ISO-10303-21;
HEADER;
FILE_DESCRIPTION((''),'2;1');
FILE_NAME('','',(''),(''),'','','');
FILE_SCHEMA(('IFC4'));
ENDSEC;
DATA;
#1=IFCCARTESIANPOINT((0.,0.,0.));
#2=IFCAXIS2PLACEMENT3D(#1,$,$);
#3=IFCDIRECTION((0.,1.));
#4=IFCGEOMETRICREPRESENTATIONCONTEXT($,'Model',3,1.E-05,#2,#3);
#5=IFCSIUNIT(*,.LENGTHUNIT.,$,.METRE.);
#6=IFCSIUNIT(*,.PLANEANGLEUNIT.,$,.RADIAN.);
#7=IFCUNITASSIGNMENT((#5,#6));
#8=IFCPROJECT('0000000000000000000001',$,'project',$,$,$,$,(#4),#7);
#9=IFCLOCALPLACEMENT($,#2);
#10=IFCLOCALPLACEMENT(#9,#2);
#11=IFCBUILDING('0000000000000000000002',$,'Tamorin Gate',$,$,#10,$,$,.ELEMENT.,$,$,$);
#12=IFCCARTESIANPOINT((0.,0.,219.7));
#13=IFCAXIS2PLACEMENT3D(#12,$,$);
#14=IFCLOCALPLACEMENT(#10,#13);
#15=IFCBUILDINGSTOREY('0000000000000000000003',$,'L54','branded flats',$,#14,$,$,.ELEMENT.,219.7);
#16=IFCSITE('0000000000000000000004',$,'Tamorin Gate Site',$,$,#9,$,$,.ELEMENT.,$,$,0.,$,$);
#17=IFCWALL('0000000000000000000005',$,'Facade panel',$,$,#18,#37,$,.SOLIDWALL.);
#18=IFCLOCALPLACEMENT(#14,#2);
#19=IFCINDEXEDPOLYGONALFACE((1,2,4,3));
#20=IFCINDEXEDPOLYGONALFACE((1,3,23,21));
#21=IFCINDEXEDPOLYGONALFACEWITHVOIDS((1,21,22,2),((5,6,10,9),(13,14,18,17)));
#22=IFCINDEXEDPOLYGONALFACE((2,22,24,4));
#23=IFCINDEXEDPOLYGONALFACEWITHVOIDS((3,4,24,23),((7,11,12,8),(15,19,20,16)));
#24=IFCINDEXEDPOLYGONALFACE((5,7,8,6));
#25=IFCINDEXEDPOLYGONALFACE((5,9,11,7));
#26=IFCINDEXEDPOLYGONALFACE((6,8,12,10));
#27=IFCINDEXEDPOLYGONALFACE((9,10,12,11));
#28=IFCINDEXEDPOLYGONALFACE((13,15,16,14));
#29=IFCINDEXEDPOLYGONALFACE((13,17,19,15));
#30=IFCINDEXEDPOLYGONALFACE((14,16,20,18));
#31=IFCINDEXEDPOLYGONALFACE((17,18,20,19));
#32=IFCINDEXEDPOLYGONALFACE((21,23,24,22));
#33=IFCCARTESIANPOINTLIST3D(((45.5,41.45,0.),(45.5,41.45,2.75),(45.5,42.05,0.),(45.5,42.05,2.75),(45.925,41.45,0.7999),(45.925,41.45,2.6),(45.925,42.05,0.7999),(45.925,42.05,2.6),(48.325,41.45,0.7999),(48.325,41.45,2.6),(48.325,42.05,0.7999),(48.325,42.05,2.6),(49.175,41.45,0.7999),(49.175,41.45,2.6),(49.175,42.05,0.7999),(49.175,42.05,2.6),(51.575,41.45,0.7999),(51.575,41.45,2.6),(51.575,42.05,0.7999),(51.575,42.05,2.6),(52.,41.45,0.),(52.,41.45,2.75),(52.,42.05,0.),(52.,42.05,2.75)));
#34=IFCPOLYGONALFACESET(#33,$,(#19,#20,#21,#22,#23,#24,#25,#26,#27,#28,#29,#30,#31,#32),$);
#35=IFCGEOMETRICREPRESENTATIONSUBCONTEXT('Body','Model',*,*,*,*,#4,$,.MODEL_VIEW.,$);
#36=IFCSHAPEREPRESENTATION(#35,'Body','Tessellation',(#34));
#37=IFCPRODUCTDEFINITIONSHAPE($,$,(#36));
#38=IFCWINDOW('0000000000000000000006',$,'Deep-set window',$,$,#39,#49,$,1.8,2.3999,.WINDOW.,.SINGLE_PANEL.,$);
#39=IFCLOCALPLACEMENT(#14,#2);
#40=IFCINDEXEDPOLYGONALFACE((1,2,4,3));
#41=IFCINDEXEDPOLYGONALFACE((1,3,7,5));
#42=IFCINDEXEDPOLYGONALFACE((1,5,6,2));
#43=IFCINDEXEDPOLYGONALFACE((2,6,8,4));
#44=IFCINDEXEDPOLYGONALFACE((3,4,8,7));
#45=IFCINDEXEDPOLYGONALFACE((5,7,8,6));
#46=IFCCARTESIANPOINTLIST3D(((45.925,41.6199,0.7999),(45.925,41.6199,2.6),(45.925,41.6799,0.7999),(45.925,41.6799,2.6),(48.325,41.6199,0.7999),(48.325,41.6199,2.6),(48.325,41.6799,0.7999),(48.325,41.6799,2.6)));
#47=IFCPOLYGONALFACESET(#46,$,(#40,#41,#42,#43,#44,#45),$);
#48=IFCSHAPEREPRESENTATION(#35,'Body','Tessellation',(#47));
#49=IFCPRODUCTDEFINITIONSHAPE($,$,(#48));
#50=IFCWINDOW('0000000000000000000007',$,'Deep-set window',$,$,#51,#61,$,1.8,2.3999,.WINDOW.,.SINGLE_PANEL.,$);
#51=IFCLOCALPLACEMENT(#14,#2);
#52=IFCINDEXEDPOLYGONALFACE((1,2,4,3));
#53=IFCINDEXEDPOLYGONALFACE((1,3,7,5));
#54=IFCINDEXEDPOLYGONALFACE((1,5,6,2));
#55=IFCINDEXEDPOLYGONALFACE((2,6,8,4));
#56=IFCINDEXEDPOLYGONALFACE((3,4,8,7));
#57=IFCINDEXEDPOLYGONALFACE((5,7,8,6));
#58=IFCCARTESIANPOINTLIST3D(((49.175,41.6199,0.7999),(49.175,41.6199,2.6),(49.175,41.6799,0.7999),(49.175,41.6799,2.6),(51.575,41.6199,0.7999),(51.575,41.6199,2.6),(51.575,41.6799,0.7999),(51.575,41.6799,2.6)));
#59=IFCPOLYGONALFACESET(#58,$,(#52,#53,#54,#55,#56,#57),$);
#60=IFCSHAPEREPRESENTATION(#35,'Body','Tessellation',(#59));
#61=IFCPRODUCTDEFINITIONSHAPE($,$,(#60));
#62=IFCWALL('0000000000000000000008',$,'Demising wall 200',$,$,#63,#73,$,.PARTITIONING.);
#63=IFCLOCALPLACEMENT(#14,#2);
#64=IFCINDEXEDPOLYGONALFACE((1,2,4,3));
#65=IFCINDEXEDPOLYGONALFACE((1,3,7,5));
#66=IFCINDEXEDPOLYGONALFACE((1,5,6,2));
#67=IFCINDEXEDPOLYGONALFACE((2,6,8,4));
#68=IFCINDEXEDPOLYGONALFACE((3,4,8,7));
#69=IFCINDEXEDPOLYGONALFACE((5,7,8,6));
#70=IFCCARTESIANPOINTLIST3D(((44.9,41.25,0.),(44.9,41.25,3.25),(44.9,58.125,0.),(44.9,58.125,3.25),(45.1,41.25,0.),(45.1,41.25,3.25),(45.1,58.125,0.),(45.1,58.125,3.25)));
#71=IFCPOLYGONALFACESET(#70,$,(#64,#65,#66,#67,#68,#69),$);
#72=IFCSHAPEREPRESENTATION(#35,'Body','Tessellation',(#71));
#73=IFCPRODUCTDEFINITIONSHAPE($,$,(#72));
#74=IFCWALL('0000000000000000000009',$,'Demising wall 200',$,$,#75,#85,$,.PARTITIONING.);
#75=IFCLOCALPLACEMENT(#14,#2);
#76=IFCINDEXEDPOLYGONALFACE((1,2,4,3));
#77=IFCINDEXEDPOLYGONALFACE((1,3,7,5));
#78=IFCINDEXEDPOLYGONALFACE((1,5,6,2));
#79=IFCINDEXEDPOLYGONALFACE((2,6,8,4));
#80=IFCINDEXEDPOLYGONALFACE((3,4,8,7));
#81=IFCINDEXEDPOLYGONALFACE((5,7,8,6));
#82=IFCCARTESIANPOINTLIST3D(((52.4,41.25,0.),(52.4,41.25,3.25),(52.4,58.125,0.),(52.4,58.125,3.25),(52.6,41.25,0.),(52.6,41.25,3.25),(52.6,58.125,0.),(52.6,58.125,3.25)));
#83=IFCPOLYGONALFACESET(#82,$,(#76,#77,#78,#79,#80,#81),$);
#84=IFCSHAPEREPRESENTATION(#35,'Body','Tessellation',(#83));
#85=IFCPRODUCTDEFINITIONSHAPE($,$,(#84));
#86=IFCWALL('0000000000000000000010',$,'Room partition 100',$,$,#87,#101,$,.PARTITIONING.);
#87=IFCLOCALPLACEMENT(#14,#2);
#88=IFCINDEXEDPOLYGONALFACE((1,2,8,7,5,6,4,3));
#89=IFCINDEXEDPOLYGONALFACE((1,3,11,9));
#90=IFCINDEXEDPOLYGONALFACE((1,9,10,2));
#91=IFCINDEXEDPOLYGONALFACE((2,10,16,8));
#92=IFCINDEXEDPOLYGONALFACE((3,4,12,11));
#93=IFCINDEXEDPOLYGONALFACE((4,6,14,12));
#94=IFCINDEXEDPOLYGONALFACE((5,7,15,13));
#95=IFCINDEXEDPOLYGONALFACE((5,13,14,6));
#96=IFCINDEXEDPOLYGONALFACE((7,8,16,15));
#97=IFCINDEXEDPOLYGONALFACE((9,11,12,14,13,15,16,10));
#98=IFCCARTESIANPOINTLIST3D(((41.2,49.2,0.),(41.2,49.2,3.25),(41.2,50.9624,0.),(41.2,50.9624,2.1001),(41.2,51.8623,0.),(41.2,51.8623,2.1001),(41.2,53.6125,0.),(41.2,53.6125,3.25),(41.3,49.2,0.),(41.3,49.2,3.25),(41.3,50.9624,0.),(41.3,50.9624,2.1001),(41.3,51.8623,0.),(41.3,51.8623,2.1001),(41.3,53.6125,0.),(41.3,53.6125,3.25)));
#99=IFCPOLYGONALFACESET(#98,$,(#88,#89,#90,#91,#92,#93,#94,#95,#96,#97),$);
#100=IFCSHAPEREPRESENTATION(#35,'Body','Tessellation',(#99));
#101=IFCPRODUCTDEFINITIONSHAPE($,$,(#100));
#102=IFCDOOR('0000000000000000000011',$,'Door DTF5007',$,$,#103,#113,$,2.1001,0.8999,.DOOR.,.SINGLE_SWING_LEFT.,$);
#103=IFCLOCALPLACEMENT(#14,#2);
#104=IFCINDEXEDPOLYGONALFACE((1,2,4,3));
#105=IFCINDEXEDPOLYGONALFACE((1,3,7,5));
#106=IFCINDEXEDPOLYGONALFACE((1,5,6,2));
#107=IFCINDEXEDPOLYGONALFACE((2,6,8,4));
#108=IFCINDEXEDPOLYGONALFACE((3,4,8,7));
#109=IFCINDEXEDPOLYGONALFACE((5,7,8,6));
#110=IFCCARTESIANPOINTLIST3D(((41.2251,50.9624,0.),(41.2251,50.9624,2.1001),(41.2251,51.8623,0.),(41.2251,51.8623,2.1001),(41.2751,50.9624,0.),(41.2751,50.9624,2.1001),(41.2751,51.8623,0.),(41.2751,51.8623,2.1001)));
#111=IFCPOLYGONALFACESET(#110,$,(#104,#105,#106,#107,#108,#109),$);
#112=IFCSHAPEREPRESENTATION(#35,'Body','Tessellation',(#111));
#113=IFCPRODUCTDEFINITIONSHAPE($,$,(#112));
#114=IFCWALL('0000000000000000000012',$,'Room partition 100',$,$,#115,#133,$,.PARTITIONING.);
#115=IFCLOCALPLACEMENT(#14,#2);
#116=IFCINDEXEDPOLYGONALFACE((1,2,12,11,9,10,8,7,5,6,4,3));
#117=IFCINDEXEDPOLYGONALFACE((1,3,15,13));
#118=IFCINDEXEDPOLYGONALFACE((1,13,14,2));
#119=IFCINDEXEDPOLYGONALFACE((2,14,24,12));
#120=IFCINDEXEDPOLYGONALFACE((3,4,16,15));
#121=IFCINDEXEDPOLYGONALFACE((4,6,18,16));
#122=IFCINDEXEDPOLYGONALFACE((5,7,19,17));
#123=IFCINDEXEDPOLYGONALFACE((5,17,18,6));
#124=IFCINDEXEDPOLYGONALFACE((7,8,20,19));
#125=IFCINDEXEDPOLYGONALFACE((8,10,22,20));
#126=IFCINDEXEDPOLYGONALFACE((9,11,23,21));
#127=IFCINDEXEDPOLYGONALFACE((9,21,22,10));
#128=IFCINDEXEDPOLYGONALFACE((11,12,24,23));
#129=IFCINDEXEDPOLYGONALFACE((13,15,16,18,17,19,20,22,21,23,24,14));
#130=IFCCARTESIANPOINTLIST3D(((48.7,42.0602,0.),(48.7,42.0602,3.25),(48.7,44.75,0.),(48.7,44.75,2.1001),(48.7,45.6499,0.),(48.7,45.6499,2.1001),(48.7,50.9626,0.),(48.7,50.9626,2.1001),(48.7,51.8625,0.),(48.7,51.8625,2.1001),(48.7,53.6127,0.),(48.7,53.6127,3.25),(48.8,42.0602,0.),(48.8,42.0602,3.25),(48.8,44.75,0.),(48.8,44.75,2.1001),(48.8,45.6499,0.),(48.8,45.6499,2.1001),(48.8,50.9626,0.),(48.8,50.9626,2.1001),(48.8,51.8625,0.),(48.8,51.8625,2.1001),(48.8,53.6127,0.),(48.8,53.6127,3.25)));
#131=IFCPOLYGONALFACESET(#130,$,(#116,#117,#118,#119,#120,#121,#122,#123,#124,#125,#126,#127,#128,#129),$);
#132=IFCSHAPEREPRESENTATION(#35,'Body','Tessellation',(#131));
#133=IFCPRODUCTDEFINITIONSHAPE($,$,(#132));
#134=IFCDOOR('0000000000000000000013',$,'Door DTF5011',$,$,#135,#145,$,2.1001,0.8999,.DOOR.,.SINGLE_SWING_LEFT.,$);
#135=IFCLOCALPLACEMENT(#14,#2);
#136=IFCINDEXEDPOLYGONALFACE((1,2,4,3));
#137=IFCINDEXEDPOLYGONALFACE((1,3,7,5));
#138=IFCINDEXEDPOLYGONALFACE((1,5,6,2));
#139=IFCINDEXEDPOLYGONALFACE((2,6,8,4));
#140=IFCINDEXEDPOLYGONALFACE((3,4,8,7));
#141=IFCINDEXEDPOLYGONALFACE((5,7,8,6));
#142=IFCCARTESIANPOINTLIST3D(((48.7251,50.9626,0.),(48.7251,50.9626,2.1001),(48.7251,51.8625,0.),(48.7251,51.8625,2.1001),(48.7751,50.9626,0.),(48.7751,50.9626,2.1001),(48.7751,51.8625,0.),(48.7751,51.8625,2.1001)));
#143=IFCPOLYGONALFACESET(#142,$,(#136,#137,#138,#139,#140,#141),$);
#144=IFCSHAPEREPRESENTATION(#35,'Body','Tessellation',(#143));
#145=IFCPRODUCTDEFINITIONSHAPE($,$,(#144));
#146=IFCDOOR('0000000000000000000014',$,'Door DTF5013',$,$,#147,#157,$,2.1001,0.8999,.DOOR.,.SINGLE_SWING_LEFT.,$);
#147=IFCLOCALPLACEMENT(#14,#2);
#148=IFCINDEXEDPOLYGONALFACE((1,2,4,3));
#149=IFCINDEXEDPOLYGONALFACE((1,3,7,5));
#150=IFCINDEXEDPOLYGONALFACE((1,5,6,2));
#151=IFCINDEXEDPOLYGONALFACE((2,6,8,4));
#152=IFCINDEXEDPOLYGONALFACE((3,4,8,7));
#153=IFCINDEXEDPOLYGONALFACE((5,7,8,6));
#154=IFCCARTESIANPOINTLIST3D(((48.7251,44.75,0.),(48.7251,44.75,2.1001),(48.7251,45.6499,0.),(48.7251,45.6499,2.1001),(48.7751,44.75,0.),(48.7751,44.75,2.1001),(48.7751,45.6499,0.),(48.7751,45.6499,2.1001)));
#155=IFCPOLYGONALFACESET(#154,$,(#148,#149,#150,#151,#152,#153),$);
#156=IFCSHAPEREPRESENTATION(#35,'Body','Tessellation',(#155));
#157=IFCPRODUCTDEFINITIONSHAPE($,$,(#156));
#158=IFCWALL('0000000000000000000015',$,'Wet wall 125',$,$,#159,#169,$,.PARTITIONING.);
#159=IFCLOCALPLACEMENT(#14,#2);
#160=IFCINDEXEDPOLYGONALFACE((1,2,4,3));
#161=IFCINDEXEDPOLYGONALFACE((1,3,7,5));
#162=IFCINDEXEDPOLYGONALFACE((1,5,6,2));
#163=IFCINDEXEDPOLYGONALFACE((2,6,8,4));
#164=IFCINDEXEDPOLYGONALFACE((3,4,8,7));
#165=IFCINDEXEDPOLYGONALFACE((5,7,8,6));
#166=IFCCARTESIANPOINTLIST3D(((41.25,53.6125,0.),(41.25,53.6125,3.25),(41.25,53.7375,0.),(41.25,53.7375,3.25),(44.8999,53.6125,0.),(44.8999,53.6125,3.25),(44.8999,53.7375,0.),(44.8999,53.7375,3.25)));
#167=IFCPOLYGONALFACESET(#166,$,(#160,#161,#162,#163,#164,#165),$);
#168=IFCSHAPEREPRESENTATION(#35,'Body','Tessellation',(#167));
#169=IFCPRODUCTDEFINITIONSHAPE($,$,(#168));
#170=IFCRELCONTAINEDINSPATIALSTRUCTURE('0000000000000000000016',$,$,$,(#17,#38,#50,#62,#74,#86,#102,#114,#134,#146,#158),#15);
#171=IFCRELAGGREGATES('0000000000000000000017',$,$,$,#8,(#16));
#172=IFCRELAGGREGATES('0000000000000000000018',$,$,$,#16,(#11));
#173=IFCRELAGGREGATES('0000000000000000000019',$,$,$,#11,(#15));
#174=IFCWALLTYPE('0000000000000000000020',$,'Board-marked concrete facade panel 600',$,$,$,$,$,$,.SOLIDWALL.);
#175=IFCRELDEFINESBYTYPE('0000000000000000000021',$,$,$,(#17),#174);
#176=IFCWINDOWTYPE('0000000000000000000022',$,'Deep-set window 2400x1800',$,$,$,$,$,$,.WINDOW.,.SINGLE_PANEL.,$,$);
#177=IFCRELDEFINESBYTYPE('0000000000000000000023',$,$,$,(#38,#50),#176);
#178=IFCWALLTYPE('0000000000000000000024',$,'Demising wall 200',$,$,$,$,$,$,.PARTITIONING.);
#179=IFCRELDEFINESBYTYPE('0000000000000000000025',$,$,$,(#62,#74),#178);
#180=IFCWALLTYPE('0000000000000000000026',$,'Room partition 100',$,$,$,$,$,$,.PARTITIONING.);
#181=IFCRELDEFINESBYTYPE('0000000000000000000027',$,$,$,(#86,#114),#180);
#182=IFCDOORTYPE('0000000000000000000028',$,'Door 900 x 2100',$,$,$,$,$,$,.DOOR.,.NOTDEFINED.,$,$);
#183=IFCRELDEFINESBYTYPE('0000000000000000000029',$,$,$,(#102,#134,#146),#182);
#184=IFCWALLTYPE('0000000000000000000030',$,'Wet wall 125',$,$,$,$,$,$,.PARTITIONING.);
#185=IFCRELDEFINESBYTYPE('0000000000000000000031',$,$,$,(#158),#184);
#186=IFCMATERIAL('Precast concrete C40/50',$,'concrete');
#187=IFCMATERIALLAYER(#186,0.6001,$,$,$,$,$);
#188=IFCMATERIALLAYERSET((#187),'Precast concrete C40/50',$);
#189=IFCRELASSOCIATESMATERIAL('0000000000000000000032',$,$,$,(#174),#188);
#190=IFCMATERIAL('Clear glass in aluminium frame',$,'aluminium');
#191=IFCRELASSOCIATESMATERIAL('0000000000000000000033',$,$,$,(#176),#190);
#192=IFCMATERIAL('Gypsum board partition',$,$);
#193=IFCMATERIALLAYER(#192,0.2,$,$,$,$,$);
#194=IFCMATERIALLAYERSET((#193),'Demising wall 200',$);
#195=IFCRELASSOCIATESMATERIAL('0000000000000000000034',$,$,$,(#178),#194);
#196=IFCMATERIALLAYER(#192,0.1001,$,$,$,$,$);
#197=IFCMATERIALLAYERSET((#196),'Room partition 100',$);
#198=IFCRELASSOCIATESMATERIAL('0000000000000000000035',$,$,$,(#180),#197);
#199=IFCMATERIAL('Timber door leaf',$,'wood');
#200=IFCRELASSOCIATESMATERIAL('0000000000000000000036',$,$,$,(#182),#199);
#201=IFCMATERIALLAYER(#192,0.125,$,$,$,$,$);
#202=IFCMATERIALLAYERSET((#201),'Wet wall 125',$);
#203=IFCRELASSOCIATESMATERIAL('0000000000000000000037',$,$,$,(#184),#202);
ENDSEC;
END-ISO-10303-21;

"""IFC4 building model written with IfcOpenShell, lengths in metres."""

from ifc_helpers import new_model, si_unit, direction, frame, frame_2d, origin, place, context, subcontext, project, spatial, rectangle, extrude, material, layer, layer_set, type_object, element, fill, save


model = new_model("IFC4")

# Units and contexts
model_context = context("Model", 3, precision=1e-05, world=origin(), true_north=direction((0.0, 1.0)))
body_context = subcontext(model_context, "Body", "Model", "MODEL_VIEW")
ifc_project = project(units=[si_unit("LENGTHUNIT", "METRE"), si_unit("PLANEANGLEUNIT", "RADIAN")], contexts=[model_context])

# Site, building, storey
site_placement = place(None, origin())
site = spatial("IfcSite", under=ifc_project, at=site_placement, Name="Tamorin Gate Site", CompositionType="ELEMENT", RefElevation=0.0)
building_placement = place(site_placement, origin())
building = spatial("IfcBuilding", under=site, at=building_placement, Name="Tamorin Gate", CompositionType="ELEMENT")
storey_placement = place(building_placement, frame((0.0, 0.0, 219.7)))
storey = spatial("IfcBuildingStorey", under=building, at=storey_placement, Name="L54", Description="branded flats", CompositionType="ELEMENT", Elevation=219.7)

# Wall, openings, windows
ifc_material_1 = material(Name="Precast concrete C40/50", Category="concrete")
ifc_layer_1 = layer(ifc_material_1, 0.6001)
ifc_layer_set_1 = layer_set([ifc_layer_1], Name="Precast concrete C40/50")
wall_type_1 = type_object("IfcWallType", Name="Board-marked concrete facade panel 600", PredefinedType="SOLIDWALL", material=ifc_layer_set_1)
ifc_material_2 = material(Name="Clear glass in aluminium frame", Category="aluminium")
window_type = type_object("IfcWindowType", Name="Deep-set window 2400x1800", PartitioningType="SINGLE_PANEL", PredefinedType="WINDOW", material=ifc_material_2)
wall_1_placement = place(storey_placement, frame((45.5, 41.75, 0.0), z_axis=(0.0, 0.0, 1.0), x_axis=(1.0, 0.0, 0.0)))
wall_1 = element("IfcWall", 1, at=wall_1_placement, inside=storey, type_object=wall_type_1, Name="Facade panel", PredefinedType="SOLIDWALL", context=body_context, shape_type="SweptSolid", body=[
    extrude(rectangle(XDim=6.5, YDim=0.6001, at=frame_2d((3.25, 0.0))), origin(), (0.0, 0.0, 1.0), 2.75),
])
opening_1_placement = place(wall_1_placement, frame((0.425, 0.0, 0.8)))
opening_1 = element("IfcOpeningElement", 2, at=opening_1_placement, cuts=wall_1, PredefinedType="OPENING", context=body_context, shape_type="SweptSolid", body=[
    extrude(rectangle(XDim=2.3999, YDim=1.8, at=frame_2d((1.2, 0.8999))), frame((0.0, 0.3101, 0.0), z_axis=(0.0, -1.0, 0.0), x_axis=(1.0, 0.0, 0.0)), (0.0, 0.0, 1.0), 0.6201),
])
opening_2_placement = place(wall_1_placement, frame((3.675, 0.0, 0.8)))
opening_2 = element("IfcOpeningElement", 3, at=opening_2_placement, cuts=wall_1, PredefinedType="OPENING", context=body_context, shape_type="SweptSolid", body=[
    extrude(rectangle(XDim=2.3999, YDim=1.8, at=frame_2d((1.2, 0.8999))), frame((0.0, 0.3101, 0.0), z_axis=(0.0, -1.0, 0.0), x_axis=(1.0, 0.0, 0.0)), (0.0, 0.0, 1.0), 0.6201),
])
window_1_placement = place(opening_1_placement, origin())
window_1 = element("IfcWindow", 4, at=window_1_placement, inside=storey, type_object=window_type, Name="Deep-set window", OverallHeight=1.8, OverallWidth=2.3999, PartitioningType="SINGLE_PANEL", PredefinedType="WINDOW", context=body_context, shape_type="SweptSolid", body=[
    extrude(rectangle(XDim=2.3999, YDim=1.8, at=frame_2d((1.2, 0.8999))), frame((0.0, -0.0701, 0.0), z_axis=(0.0, -1.0, 0.0), x_axis=(1.0, 0.0, 0.0)), (0.0, 0.0, 1.0), 0.0601),
])
fill(opening_1, window_1)
window_2_placement = place(opening_2_placement, origin())
window_2 = element("IfcWindow", 5, at=window_2_placement, inside=storey, type_object=window_type, Name="Deep-set window", OverallHeight=1.8, OverallWidth=2.3999, PartitioningType="SINGLE_PANEL", PredefinedType="WINDOW", context=body_context, shape_type="SweptSolid", body=[
    extrude(rectangle(XDim=2.3999, YDim=1.8, at=frame_2d((1.2, 0.8999))), frame((0.0, -0.0701, 0.0), z_axis=(0.0, -1.0, 0.0), x_axis=(1.0, 0.0, 0.0)), (0.0, 0.0, 1.0), 0.0601),
])
fill(opening_2, window_2)

# Walls
ifc_material_3 = material(Name="Gypsum board partition")
ifc_layer_2 = layer(ifc_material_3, 0.2)
ifc_layer_set_2 = layer_set([ifc_layer_2], Name="Demising wall 200")
wall_type_2 = type_object("IfcWallType", Name="Demising wall 200", PredefinedType="PARTITIONING", material=ifc_layer_set_2)
for number, where, z_axis, x_axis, name in (
    (6, (45.0, 41.25, 0.0), (0.0, 0.0, 1.0), (0.0, 1.0, 0.0), "Demising wall 200"),
    (7, (52.5, 41.25, 0.0), (0.0, 0.0, 1.0), (0.0, 1.0, 0.0), "Demising wall 200"),
):
    element("IfcWall", number, at=place(storey_placement, frame(where, z_axis=z_axis, x_axis=x_axis)), inside=storey, type_object=wall_type_2, Name=name, PredefinedType="PARTITIONING", context=body_context, shape_type="SweptSolid", body=[
        extrude(rectangle(XDim=16.875, YDim=0.2, at=frame_2d((8.4375, 0.0))), origin(), (0.0, 0.0, 1.0), 3.25),
    ])

# Wall, opening, door
ifc_layer_3 = layer(ifc_material_3, 0.1001)
ifc_layer_set_3 = layer_set([ifc_layer_3], Name="Room partition 100")
wall_type_3 = type_object("IfcWallType", Name="Room partition 100", PredefinedType="PARTITIONING", material=ifc_layer_set_3)
wall_2_placement = place(storey_placement, frame((41.25, 49.2, 0.0), z_axis=(0.0, 0.0, 1.0), x_axis=(0.0, 1.0, 0.0)))
wall_2 = element("IfcWall", 8, at=wall_2_placement, inside=storey, type_object=wall_type_3, Name="Room partition 100", PredefinedType="PARTITIONING", context=body_context, shape_type="SweptSolid", body=[
    extrude(rectangle(XDim=4.4126, YDim=0.1001, at=frame_2d((2.2063, 0.0))), origin(), (0.0, 0.0, 1.0), 3.25),
])
opening_3_placement = place(wall_2_placement, frame((1.7625, 0.0, 0.0)))
opening_3 = element("IfcOpeningElement", 9, at=opening_3_placement, cuts=wall_2, PredefinedType="OPENING", context=body_context, shape_type="SweptSolid", body=[
    extrude(rectangle(XDim=0.8999, YDim=2.1001, at=frame_2d((0.45, 1.05))), frame((0.0, 0.0601, 0.0), z_axis=(0.0, -1.0, 0.0), x_axis=(1.0, 0.0, 0.0)), (0.0, 0.0, 1.0), 0.1201),
])
ifc_material_4 = material(Name="Timber door leaf", Category="wood")
door_type = type_object("IfcDoorType", Name="Door 900 x 2100", OperationType="NOTDEFINED", PredefinedType="DOOR", material=ifc_material_4)
door_1_placement = place(opening_3_placement, origin())
door_1 = element("IfcDoor", 10, at=door_1_placement, inside=storey, type_object=door_type, Name="Door DTF5007", OperationType="SINGLE_SWING_LEFT", OverallHeight=2.1001, OverallWidth=0.8999, PredefinedType="DOOR", context=body_context, shape_type="SweptSolid", body=[
    extrude(rectangle(XDim=0.8999, YDim=2.1001, at=frame_2d((0.45, 1.05))), frame((0.0, 0.0249, 0.0), z_axis=(0.0, -1.0, 0.0), x_axis=(1.0, 0.0, 0.0)), (0.0, 0.0, 1.0), 0.05),
])
fill(opening_3, door_1)

# Wall, openings, doors
wall_3_placement = place(storey_placement, frame((48.75, 42.0601, 0.0), z_axis=(0.0, 0.0, 1.0), x_axis=(0.0, 1.0, 0.0)))
wall_3 = element("IfcWall", 11, at=wall_3_placement, inside=storey, type_object=wall_type_3, Name="Room partition 100", PredefinedType="PARTITIONING", context=body_context, shape_type="SweptSolid", body=[
    extrude(rectangle(XDim=11.5525, YDim=0.1001, at=frame_2d((5.7764, 0.0))), origin(), (0.0, 0.0, 1.0), 3.25),
])
opening_4_placement = place(wall_3_placement, frame((8.9026, 0.0, 0.0)))
opening_4 = element("IfcOpeningElement", 12, at=opening_4_placement, cuts=wall_3, PredefinedType="OPENING", context=body_context, shape_type="SweptSolid", body=[
    extrude(rectangle(XDim=0.8999, YDim=2.1001, at=frame_2d((0.45, 1.05))), frame((0.0, 0.0601, 0.0), z_axis=(0.0, -1.0, 0.0), x_axis=(1.0, 0.0, 0.0)), (0.0, 0.0, 1.0), 0.1201),
])
opening_5_placement = place(wall_3_placement, frame((2.6899, 0.0, 0.0)))
opening_5 = element("IfcOpeningElement", 13, at=opening_5_placement, cuts=wall_3, PredefinedType="OPENING", context=body_context, shape_type="SweptSolid", body=[
    extrude(rectangle(XDim=0.8999, YDim=2.1001, at=frame_2d((0.45, 1.05))), frame((0.0, 0.0601, 0.0), z_axis=(0.0, -1.0, 0.0), x_axis=(1.0, 0.0, 0.0)), (0.0, 0.0, 1.0), 0.1201),
])
door_2_placement = place(opening_4_placement, origin())
door_2 = element("IfcDoor", 14, at=door_2_placement, inside=storey, type_object=door_type, Name="Door DTF5011", OperationType="SINGLE_SWING_LEFT", OverallHeight=2.1001, OverallWidth=0.8999, PredefinedType="DOOR", context=body_context, shape_type="SweptSolid", body=[
    extrude(rectangle(XDim=0.8999, YDim=2.1001, at=frame_2d((0.45, 1.05))), frame((0.0, 0.0249, 0.0), z_axis=(0.0, -1.0, 0.0), x_axis=(1.0, 0.0, 0.0)), (0.0, 0.0, 1.0), 0.05),
])
fill(opening_4, door_2)
door_3_placement = place(opening_5_placement, origin())
door_3 = element("IfcDoor", 15, at=door_3_placement, inside=storey, type_object=door_type, Name="Door DTF5013", OperationType="SINGLE_SWING_LEFT", OverallHeight=2.1001, OverallWidth=0.8999, PredefinedType="DOOR", context=body_context, shape_type="SweptSolid", body=[
    extrude(rectangle(XDim=0.8999, YDim=2.1001, at=frame_2d((0.45, 1.05))), frame((0.0, 0.0249, 0.0), z_axis=(0.0, -1.0, 0.0), x_axis=(1.0, 0.0, 0.0)), (0.0, 0.0, 1.0), 0.05),
])
fill(opening_5, door_3)

# Wall
ifc_layer_4 = layer(ifc_material_3, 0.125)
ifc_layer_set_4 = layer_set([ifc_layer_4], Name="Wet wall 125")
wall_type_4 = type_object("IfcWallType", Name="Wet wall 125", PredefinedType="PARTITIONING", material=ifc_layer_set_4)
for number, where, z_axis, x_axis, name in (
    (16, (41.25, 53.675, 0.0), (0.0, 0.0, 1.0), (1.0, 0.0, 0.0), "Wet wall 125"),
):
    element("IfcWall", number, at=place(storey_placement, frame(where, z_axis=z_axis, x_axis=x_axis)), inside=storey, type_object=wall_type_4, Name=name, PredefinedType="PARTITIONING", context=body_context, shape_type="SweptSolid", body=[
        extrude(rectangle(XDim=3.6499, YDim=0.125, at=frame_2d((1.825, 0.0))), origin(), (0.0, 0.0, 1.0), 3.25),
    ])

save(model, "model.ifc")
